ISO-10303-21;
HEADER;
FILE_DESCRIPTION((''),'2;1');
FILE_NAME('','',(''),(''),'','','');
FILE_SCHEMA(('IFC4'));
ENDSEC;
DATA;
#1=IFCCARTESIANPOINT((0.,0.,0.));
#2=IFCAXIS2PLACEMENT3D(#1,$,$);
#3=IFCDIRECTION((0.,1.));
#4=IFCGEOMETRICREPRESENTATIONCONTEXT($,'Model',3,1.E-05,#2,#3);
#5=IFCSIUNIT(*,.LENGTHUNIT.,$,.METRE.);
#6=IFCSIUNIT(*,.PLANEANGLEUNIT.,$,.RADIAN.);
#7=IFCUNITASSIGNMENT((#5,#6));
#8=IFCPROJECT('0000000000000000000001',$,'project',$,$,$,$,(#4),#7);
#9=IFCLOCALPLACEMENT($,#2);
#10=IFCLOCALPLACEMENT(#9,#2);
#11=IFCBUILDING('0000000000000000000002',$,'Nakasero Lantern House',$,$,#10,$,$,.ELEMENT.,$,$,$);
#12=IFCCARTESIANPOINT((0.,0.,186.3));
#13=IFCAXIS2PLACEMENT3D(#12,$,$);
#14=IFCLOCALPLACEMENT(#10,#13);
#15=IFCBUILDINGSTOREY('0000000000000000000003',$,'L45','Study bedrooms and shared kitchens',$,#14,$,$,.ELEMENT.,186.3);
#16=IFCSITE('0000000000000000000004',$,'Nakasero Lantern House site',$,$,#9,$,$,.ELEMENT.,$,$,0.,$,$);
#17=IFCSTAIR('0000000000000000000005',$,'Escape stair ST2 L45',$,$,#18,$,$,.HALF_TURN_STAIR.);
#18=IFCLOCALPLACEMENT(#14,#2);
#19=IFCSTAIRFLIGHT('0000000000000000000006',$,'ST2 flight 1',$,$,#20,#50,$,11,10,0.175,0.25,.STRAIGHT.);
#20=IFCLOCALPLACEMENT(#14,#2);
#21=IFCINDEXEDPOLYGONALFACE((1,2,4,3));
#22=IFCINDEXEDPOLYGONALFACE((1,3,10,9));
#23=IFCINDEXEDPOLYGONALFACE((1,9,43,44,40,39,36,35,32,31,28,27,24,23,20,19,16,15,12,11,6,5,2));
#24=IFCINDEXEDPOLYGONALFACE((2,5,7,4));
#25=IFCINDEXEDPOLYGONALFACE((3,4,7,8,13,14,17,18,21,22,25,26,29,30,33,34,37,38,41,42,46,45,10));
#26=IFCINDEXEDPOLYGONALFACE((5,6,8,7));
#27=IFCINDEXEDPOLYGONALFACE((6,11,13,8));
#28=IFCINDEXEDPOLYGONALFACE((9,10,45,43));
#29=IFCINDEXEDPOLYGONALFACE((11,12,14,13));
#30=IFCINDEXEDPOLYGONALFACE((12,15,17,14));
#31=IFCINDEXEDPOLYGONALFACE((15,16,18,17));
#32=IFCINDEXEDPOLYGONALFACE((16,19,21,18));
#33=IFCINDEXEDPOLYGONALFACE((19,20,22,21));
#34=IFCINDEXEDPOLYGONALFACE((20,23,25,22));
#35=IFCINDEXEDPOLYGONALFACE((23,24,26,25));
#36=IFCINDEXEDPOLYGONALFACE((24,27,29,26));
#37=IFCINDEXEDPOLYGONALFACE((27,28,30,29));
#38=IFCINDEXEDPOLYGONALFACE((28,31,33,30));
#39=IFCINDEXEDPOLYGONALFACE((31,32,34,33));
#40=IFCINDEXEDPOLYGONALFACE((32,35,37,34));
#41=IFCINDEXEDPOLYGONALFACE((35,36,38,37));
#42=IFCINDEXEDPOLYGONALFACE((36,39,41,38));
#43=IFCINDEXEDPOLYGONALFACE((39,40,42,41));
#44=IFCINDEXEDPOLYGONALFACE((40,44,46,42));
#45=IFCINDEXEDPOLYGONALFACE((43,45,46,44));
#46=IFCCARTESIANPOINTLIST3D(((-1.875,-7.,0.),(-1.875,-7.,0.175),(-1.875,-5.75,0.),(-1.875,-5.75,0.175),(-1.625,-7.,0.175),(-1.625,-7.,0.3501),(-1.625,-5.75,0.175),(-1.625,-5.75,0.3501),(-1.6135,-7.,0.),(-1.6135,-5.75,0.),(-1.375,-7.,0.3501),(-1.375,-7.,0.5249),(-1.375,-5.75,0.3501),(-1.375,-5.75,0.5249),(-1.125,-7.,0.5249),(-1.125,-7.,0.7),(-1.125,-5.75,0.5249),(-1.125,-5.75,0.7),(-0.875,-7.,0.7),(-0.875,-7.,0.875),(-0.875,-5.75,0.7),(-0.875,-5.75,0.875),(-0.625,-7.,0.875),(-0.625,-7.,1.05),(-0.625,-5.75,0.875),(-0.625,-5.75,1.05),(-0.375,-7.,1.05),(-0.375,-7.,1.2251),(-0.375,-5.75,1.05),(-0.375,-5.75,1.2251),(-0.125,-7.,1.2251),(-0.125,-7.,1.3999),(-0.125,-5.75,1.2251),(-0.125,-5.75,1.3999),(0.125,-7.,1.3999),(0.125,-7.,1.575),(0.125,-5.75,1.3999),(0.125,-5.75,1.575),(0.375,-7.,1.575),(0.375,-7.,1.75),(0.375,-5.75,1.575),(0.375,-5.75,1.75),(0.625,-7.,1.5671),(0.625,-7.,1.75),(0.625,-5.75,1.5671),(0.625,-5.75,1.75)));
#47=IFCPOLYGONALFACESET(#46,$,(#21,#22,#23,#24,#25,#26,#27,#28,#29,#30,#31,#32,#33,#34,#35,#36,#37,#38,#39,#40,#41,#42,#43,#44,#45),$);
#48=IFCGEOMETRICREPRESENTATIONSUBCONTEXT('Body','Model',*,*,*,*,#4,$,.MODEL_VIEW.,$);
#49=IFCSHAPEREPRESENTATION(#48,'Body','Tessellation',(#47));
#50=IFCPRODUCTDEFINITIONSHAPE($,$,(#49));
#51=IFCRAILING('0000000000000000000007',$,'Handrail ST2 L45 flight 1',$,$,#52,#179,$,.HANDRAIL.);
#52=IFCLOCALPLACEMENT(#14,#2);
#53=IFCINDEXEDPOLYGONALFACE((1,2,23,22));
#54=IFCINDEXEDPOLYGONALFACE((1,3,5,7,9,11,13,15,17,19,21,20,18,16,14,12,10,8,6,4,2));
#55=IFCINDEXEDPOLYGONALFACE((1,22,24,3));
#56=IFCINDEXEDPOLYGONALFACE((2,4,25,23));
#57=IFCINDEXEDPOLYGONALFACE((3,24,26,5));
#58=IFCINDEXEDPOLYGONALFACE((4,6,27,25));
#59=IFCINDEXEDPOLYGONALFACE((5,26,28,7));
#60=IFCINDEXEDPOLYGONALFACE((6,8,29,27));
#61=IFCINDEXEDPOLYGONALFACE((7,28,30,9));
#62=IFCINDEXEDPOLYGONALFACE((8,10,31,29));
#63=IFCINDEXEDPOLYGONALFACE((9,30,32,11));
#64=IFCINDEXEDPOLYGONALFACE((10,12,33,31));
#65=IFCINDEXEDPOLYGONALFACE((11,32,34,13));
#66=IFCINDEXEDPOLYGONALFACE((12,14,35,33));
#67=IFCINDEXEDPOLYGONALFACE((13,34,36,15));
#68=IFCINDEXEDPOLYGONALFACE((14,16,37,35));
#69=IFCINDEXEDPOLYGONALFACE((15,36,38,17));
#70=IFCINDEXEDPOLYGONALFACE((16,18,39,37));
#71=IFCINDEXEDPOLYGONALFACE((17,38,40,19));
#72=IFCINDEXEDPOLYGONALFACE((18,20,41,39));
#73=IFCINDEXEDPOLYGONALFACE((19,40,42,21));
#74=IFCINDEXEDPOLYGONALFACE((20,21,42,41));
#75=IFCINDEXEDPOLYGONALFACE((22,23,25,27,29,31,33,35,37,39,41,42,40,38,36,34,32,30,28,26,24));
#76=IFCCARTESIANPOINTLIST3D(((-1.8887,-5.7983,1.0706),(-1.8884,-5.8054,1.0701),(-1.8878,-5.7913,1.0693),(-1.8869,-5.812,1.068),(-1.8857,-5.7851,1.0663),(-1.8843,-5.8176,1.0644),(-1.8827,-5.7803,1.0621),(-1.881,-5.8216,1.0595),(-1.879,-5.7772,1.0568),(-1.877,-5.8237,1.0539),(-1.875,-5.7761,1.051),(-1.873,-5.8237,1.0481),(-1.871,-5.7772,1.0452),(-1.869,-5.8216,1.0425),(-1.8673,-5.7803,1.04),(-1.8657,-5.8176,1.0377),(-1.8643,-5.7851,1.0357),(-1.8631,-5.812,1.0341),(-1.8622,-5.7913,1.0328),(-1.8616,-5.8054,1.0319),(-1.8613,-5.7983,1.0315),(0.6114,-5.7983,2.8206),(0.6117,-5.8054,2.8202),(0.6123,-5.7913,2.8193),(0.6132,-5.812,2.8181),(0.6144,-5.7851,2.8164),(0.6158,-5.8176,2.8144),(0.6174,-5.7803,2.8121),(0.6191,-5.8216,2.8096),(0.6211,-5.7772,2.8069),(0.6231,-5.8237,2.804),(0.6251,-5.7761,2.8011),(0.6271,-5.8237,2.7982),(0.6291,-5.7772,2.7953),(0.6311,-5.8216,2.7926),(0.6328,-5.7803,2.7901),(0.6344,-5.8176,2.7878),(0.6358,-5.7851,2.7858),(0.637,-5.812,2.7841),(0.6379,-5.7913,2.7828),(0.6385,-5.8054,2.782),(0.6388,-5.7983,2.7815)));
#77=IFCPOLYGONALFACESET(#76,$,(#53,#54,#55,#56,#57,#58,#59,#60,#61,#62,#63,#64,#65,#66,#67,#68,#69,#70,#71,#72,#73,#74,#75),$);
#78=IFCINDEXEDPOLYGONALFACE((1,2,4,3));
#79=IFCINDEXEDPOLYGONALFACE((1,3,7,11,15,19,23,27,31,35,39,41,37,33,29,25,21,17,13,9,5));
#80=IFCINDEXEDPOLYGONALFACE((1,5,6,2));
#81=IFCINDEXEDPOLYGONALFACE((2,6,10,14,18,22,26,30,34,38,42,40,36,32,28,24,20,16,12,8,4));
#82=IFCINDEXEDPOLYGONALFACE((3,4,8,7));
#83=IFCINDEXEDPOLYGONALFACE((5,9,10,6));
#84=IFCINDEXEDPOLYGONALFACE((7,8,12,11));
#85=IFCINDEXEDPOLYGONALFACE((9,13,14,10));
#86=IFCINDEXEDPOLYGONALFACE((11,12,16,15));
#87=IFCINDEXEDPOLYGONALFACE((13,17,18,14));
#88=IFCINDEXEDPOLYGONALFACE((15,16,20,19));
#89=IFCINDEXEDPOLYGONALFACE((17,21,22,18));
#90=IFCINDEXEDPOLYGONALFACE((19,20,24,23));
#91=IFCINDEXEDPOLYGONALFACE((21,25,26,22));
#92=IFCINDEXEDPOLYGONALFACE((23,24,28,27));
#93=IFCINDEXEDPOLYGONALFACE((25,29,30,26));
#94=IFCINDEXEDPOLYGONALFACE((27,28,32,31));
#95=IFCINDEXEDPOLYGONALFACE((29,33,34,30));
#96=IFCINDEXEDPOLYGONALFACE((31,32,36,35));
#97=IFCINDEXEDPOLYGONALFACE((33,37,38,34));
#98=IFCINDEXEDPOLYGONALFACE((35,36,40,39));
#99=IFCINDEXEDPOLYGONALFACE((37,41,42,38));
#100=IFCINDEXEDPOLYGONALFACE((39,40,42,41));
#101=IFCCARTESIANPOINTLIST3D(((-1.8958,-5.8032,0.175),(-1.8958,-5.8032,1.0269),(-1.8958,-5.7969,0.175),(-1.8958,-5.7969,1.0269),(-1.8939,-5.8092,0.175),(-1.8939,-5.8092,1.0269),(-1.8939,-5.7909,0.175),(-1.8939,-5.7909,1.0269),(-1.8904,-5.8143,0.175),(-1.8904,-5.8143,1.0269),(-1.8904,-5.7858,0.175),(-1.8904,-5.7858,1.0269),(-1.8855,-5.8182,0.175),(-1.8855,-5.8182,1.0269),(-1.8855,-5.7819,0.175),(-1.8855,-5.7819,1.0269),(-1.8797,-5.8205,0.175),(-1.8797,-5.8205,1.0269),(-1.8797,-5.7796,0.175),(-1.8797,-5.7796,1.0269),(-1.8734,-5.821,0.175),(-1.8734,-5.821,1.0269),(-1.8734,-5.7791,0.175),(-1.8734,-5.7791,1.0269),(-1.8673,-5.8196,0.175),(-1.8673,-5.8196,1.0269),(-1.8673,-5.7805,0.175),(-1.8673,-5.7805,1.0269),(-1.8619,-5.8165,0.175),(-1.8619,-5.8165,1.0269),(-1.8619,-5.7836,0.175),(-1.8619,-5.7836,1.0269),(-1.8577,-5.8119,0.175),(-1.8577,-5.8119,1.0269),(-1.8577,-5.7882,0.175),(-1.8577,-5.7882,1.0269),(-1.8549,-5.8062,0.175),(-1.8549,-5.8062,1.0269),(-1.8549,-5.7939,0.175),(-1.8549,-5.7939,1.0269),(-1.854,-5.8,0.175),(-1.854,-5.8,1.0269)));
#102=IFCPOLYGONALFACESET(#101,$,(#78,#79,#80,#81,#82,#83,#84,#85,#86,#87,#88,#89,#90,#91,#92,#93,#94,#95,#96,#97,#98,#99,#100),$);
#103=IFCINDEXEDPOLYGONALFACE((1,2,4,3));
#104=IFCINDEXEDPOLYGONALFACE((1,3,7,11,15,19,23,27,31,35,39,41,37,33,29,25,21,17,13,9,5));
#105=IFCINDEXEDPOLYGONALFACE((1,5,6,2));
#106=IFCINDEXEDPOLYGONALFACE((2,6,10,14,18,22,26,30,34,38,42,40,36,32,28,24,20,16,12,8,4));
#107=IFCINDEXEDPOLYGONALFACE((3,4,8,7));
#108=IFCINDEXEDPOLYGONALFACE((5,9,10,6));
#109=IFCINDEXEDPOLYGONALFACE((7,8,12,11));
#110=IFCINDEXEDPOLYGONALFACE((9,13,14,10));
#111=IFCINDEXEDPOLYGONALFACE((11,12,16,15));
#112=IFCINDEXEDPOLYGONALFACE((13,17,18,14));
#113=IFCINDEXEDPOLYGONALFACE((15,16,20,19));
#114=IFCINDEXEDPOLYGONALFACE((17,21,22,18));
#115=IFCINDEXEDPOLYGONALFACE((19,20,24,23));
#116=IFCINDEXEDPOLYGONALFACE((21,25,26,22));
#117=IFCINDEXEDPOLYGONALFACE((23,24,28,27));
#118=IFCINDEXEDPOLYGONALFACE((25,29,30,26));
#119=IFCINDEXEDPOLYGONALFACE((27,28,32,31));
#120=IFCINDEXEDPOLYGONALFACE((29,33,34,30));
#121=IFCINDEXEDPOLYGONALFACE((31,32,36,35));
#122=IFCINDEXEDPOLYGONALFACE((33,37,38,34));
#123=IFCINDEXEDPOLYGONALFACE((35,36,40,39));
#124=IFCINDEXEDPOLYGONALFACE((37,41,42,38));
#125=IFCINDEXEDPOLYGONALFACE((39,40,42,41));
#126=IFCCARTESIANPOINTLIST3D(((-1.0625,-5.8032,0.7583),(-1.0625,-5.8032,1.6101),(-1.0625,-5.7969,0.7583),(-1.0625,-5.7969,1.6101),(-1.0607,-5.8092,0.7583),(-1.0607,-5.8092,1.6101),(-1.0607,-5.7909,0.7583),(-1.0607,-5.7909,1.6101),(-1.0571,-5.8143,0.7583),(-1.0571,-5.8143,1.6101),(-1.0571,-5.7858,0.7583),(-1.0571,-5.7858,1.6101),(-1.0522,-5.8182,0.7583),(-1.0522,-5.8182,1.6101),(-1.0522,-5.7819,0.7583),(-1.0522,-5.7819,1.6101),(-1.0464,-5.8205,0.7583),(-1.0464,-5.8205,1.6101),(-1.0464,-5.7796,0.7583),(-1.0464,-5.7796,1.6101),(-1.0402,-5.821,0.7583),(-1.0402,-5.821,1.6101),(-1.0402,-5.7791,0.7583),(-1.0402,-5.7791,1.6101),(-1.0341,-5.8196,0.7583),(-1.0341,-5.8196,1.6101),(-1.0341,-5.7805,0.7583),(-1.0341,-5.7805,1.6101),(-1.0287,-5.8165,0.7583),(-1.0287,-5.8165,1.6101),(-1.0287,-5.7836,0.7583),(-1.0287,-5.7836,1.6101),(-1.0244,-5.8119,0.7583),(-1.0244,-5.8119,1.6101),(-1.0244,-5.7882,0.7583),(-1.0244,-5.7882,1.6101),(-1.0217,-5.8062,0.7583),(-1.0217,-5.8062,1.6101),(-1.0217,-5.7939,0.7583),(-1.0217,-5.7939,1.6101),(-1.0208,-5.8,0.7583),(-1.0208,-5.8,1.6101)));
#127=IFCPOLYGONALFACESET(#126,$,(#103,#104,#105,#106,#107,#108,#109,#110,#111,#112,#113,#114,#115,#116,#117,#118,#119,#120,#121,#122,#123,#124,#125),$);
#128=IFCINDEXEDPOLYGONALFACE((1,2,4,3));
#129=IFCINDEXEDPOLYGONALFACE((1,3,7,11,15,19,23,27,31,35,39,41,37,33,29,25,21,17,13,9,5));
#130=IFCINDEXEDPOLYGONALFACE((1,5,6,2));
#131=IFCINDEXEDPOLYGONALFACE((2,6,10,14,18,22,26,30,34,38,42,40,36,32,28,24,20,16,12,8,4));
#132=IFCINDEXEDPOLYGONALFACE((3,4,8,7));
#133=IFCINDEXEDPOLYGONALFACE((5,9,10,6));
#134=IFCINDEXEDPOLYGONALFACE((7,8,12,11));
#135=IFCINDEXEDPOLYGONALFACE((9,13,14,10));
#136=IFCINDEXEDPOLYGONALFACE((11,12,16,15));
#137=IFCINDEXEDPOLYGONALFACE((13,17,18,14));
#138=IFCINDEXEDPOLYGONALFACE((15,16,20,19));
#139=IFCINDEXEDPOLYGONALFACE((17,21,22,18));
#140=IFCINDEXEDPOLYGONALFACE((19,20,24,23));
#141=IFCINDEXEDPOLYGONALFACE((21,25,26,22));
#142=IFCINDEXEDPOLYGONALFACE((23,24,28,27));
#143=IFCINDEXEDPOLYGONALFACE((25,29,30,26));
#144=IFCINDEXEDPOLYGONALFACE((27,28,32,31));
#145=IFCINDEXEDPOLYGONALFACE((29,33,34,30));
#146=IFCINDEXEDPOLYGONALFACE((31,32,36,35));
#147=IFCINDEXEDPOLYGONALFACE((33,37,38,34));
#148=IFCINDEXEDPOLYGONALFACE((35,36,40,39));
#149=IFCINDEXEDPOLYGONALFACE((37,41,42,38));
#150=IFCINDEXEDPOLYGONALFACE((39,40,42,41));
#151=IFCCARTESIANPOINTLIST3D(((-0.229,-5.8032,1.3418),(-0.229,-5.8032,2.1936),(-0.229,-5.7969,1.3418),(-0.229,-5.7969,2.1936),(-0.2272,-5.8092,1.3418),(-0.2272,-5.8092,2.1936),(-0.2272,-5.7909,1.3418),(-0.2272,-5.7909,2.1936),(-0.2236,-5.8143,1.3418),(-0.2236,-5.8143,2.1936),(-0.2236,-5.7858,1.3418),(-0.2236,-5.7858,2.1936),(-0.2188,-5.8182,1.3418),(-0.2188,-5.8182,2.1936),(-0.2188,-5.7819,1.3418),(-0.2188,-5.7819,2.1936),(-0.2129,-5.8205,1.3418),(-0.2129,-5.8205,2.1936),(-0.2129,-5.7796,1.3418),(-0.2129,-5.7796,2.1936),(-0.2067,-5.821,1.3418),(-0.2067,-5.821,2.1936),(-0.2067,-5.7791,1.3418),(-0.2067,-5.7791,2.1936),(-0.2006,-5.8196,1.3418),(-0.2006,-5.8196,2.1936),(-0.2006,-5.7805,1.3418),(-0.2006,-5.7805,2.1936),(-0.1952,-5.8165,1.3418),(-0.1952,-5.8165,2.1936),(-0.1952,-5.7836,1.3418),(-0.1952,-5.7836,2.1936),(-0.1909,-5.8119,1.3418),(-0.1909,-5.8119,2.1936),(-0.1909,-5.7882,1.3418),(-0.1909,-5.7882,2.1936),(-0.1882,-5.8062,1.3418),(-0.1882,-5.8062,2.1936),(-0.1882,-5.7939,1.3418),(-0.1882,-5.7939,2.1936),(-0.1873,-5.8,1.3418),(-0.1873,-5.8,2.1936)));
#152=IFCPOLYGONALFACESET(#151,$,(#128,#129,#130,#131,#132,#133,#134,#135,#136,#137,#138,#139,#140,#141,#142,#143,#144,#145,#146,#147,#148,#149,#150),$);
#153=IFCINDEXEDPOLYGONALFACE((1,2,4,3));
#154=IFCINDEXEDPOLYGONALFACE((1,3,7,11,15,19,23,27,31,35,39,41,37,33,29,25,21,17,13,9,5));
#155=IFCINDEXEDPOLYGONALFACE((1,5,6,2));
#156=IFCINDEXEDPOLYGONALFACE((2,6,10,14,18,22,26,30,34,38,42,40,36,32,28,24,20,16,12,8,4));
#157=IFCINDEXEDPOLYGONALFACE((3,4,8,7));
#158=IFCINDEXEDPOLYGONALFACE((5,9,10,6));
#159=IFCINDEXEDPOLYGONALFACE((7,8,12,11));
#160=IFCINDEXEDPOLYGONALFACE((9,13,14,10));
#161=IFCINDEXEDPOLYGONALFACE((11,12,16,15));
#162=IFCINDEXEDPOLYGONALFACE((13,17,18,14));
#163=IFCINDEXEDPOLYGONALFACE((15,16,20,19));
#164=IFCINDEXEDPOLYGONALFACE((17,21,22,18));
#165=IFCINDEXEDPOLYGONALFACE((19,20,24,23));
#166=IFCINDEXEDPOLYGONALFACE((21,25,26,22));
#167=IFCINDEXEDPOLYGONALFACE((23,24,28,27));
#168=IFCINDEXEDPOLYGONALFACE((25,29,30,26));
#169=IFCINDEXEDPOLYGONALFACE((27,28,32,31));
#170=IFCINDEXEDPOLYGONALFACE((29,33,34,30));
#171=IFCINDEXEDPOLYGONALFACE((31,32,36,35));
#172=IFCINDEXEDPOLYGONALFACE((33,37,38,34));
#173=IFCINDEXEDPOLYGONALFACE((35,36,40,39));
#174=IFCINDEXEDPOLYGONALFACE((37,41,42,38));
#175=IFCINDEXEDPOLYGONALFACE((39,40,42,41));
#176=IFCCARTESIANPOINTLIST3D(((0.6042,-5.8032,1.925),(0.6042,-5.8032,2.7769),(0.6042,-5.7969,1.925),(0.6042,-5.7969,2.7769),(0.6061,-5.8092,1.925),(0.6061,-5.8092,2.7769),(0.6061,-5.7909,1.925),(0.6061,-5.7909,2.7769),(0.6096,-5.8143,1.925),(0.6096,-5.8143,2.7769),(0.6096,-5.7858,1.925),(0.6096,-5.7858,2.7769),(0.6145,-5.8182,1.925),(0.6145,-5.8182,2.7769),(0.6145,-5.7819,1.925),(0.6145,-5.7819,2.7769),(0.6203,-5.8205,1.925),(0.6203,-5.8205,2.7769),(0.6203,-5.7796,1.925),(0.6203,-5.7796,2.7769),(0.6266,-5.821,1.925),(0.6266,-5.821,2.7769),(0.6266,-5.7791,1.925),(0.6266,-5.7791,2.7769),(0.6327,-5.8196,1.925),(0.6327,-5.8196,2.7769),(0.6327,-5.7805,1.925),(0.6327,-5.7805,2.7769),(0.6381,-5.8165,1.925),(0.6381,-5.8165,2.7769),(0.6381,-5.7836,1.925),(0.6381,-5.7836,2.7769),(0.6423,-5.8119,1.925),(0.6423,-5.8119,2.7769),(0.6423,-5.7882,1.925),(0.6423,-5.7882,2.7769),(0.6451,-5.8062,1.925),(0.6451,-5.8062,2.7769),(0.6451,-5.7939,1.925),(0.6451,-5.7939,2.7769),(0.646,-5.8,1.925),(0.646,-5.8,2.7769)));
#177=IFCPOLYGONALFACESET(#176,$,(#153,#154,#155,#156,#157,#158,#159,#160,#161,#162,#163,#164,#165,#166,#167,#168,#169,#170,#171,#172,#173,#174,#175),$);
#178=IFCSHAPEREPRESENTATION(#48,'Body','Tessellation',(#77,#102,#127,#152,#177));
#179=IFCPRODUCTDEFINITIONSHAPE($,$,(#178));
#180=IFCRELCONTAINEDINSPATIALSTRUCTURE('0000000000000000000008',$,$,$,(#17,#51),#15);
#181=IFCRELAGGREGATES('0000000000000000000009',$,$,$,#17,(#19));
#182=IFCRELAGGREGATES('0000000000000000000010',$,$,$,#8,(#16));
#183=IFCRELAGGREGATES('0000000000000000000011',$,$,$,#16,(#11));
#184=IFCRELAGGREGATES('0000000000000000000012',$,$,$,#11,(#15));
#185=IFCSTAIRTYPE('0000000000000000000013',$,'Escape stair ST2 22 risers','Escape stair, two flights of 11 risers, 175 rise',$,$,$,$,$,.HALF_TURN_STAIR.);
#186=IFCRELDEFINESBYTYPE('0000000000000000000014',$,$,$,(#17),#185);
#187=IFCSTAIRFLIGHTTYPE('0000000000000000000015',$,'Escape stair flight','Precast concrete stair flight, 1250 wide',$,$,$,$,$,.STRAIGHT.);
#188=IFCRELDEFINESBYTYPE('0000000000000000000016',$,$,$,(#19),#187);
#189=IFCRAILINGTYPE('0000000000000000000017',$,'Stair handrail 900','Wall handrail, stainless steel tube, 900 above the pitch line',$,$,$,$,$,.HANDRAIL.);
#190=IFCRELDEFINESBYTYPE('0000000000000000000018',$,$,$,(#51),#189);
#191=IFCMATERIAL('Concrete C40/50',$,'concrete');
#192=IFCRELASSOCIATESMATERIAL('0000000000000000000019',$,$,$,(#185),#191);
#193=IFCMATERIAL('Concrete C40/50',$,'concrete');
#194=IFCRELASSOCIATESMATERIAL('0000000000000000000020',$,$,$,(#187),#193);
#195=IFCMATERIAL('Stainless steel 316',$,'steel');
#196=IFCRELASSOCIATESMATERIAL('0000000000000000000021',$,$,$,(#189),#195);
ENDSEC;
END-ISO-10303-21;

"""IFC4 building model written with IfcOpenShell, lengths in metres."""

from ifc_helpers import new_model, si_unit, direction, frame, origin, origin_2d, place, context, subcontext, project, spatial, polyline, circle, outline, extrude, material, type_object, element, aggregate, save


model = new_model("IFC4")

# Units and contexts
model_context = context("Model", 3, precision=1e-05, world=origin(), true_north=direction((0.0, 1.0)))
body_context = subcontext(model_context, "Body", "Model", "MODEL_VIEW")
ifc_project = project(units=[si_unit("LENGTHUNIT", "METRE"), si_unit("PLANEANGLEUNIT", "RADIAN")], contexts=[model_context])

# Site, building, storey
site_placement = place(None, origin())
site = spatial("IfcSite", under=ifc_project, at=site_placement, Name="Nakasero Lantern House site", CompositionType="ELEMENT", RefElevation=0.0)
building_placement = place(site_placement, origin())
building = spatial("IfcBuilding", under=site, at=building_placement, Name="Nakasero Lantern House", CompositionType="ELEMENT")
storey_placement = place(building_placement, frame((0.0, 0.0, 186.3)))
storey = spatial("IfcBuildingStorey", under=building, at=storey_placement, Name="L45", Description="Study bedrooms and shared kitchens", CompositionType="ELEMENT", Elevation=186.3)

# Stair, stair flight
ifc_material_1 = material(Name="Concrete C40/50", Category="concrete")
stair_type = type_object("IfcStairType", Name="Escape stair ST2 22 risers", Description="Escape stair, two flights of 11 risers, 175 rise", PredefinedType="HALF_TURN_STAIR", material=ifc_material_1)
stair_placement = place(storey_placement, origin())
stair = element("IfcStair", 1, at=stair_placement, inside=storey, type_object=stair_type, Name="Escape stair ST2 L45", PredefinedType="HALF_TURN_STAIR")
ifc_material_2 = material(Name="Concrete C40/50", Category="concrete")
stair_flight_type = type_object("IfcStairFlightType", Name="Escape stair flight", Description="Precast concrete stair flight, 1250 wide", PredefinedType="STRAIGHT", material=ifc_material_2)
stair_flight_placement = place(storey_placement, frame((-1.875, -6.375, 0.0), z_axis=(0.0, 0.0, 1.0), x_axis=(1.0, 0.0, 0.0)))
stair_flight = element("IfcStairFlight", 2, at=stair_flight_placement, type_object=stair_flight_type, Name="ST2 flight 1", NumberOfRisers=11, NumberOfTreads=10, PredefinedType="STRAIGHT", RiserHeight=0.175, TreadLength=0.25, context=body_context, shape_type="SweptSolid", body=[
    extrude(outline(polyline([(0.0, 0.0), (0.0, 0.175), (0.25, 0.175), (0.25, 0.3501), (0.5, 0.3501), (0.5, 0.5249), (0.75, 0.5249), (0.75, 0.7), (1.0, 0.7), (1.0, 0.875), (1.25, 0.875), (1.25, 1.05), (1.5, 1.05), (1.5, 1.2251), (1.75, 1.2251), (1.75, 1.3999), (2.0, 1.3999), (2.0, 1.575), (2.25, 1.575), (2.25, 1.75), (2.5, 1.75), (2.5, 1.925), (2.5, 1.5671), (0.2615, 0.0), (0.0, 0.0)])), frame((0.0, 0.625, 0.0), z_axis=(0.0, -1.0, 0.0), x_axis=(1.0, 0.0, 0.0)), (0.0, 0.0, 1.0), 1.25),
])
aggregate(stair, [stair_flight])

# Railing
ifc_material_3 = material(Name="Stainless steel 316", Category="steel")
railing_type = type_object("IfcRailingType", Name="Stair handrail 900", Description="Wall handrail, stainless steel tube, 900 above the pitch line", PredefinedType="HANDRAIL", material=ifc_material_3)
railing_placement = place(storey_placement, frame((-1.875, -5.8, 0.175)))
element("IfcRailing", 3, at=railing_placement, inside=storey, type_object=railing_type, Name="Handrail ST2 L45 flight 1", PredefinedType="HANDRAIL", context=body_context, shape_type="SweptSolid", body=[
    extrude(circle(Radius=0.0239, at=origin_2d()), frame((0.0, 0.0, 0.876), z_axis=(0.819232, 0.0, 0.573462), x_axis=(0.0, 1.0, 0.0)), (0.0, 0.0, 1.0), 3.0518),
    extrude(circle(Radius=0.021, at=origin_2d()), origin(), (0.0, 0.0, 1.0), 0.8518),
    extrude(circle(Radius=0.021, at=origin_2d()), frame((0.8333, 0.0, 0.5833)), (0.0, 0.0, 1.0), 0.8518),
    extrude(circle(Radius=0.021, at=origin_2d()), frame((1.6667, 0.0, 1.1667)), (0.0, 0.0, 1.0), 0.8518),
    extrude(circle(Radius=0.021, at=origin_2d()), frame((2.5, 0.0, 1.75)), (0.0, 0.0, 1.0), 0.8518),
])

save(model, "model.ifc")
